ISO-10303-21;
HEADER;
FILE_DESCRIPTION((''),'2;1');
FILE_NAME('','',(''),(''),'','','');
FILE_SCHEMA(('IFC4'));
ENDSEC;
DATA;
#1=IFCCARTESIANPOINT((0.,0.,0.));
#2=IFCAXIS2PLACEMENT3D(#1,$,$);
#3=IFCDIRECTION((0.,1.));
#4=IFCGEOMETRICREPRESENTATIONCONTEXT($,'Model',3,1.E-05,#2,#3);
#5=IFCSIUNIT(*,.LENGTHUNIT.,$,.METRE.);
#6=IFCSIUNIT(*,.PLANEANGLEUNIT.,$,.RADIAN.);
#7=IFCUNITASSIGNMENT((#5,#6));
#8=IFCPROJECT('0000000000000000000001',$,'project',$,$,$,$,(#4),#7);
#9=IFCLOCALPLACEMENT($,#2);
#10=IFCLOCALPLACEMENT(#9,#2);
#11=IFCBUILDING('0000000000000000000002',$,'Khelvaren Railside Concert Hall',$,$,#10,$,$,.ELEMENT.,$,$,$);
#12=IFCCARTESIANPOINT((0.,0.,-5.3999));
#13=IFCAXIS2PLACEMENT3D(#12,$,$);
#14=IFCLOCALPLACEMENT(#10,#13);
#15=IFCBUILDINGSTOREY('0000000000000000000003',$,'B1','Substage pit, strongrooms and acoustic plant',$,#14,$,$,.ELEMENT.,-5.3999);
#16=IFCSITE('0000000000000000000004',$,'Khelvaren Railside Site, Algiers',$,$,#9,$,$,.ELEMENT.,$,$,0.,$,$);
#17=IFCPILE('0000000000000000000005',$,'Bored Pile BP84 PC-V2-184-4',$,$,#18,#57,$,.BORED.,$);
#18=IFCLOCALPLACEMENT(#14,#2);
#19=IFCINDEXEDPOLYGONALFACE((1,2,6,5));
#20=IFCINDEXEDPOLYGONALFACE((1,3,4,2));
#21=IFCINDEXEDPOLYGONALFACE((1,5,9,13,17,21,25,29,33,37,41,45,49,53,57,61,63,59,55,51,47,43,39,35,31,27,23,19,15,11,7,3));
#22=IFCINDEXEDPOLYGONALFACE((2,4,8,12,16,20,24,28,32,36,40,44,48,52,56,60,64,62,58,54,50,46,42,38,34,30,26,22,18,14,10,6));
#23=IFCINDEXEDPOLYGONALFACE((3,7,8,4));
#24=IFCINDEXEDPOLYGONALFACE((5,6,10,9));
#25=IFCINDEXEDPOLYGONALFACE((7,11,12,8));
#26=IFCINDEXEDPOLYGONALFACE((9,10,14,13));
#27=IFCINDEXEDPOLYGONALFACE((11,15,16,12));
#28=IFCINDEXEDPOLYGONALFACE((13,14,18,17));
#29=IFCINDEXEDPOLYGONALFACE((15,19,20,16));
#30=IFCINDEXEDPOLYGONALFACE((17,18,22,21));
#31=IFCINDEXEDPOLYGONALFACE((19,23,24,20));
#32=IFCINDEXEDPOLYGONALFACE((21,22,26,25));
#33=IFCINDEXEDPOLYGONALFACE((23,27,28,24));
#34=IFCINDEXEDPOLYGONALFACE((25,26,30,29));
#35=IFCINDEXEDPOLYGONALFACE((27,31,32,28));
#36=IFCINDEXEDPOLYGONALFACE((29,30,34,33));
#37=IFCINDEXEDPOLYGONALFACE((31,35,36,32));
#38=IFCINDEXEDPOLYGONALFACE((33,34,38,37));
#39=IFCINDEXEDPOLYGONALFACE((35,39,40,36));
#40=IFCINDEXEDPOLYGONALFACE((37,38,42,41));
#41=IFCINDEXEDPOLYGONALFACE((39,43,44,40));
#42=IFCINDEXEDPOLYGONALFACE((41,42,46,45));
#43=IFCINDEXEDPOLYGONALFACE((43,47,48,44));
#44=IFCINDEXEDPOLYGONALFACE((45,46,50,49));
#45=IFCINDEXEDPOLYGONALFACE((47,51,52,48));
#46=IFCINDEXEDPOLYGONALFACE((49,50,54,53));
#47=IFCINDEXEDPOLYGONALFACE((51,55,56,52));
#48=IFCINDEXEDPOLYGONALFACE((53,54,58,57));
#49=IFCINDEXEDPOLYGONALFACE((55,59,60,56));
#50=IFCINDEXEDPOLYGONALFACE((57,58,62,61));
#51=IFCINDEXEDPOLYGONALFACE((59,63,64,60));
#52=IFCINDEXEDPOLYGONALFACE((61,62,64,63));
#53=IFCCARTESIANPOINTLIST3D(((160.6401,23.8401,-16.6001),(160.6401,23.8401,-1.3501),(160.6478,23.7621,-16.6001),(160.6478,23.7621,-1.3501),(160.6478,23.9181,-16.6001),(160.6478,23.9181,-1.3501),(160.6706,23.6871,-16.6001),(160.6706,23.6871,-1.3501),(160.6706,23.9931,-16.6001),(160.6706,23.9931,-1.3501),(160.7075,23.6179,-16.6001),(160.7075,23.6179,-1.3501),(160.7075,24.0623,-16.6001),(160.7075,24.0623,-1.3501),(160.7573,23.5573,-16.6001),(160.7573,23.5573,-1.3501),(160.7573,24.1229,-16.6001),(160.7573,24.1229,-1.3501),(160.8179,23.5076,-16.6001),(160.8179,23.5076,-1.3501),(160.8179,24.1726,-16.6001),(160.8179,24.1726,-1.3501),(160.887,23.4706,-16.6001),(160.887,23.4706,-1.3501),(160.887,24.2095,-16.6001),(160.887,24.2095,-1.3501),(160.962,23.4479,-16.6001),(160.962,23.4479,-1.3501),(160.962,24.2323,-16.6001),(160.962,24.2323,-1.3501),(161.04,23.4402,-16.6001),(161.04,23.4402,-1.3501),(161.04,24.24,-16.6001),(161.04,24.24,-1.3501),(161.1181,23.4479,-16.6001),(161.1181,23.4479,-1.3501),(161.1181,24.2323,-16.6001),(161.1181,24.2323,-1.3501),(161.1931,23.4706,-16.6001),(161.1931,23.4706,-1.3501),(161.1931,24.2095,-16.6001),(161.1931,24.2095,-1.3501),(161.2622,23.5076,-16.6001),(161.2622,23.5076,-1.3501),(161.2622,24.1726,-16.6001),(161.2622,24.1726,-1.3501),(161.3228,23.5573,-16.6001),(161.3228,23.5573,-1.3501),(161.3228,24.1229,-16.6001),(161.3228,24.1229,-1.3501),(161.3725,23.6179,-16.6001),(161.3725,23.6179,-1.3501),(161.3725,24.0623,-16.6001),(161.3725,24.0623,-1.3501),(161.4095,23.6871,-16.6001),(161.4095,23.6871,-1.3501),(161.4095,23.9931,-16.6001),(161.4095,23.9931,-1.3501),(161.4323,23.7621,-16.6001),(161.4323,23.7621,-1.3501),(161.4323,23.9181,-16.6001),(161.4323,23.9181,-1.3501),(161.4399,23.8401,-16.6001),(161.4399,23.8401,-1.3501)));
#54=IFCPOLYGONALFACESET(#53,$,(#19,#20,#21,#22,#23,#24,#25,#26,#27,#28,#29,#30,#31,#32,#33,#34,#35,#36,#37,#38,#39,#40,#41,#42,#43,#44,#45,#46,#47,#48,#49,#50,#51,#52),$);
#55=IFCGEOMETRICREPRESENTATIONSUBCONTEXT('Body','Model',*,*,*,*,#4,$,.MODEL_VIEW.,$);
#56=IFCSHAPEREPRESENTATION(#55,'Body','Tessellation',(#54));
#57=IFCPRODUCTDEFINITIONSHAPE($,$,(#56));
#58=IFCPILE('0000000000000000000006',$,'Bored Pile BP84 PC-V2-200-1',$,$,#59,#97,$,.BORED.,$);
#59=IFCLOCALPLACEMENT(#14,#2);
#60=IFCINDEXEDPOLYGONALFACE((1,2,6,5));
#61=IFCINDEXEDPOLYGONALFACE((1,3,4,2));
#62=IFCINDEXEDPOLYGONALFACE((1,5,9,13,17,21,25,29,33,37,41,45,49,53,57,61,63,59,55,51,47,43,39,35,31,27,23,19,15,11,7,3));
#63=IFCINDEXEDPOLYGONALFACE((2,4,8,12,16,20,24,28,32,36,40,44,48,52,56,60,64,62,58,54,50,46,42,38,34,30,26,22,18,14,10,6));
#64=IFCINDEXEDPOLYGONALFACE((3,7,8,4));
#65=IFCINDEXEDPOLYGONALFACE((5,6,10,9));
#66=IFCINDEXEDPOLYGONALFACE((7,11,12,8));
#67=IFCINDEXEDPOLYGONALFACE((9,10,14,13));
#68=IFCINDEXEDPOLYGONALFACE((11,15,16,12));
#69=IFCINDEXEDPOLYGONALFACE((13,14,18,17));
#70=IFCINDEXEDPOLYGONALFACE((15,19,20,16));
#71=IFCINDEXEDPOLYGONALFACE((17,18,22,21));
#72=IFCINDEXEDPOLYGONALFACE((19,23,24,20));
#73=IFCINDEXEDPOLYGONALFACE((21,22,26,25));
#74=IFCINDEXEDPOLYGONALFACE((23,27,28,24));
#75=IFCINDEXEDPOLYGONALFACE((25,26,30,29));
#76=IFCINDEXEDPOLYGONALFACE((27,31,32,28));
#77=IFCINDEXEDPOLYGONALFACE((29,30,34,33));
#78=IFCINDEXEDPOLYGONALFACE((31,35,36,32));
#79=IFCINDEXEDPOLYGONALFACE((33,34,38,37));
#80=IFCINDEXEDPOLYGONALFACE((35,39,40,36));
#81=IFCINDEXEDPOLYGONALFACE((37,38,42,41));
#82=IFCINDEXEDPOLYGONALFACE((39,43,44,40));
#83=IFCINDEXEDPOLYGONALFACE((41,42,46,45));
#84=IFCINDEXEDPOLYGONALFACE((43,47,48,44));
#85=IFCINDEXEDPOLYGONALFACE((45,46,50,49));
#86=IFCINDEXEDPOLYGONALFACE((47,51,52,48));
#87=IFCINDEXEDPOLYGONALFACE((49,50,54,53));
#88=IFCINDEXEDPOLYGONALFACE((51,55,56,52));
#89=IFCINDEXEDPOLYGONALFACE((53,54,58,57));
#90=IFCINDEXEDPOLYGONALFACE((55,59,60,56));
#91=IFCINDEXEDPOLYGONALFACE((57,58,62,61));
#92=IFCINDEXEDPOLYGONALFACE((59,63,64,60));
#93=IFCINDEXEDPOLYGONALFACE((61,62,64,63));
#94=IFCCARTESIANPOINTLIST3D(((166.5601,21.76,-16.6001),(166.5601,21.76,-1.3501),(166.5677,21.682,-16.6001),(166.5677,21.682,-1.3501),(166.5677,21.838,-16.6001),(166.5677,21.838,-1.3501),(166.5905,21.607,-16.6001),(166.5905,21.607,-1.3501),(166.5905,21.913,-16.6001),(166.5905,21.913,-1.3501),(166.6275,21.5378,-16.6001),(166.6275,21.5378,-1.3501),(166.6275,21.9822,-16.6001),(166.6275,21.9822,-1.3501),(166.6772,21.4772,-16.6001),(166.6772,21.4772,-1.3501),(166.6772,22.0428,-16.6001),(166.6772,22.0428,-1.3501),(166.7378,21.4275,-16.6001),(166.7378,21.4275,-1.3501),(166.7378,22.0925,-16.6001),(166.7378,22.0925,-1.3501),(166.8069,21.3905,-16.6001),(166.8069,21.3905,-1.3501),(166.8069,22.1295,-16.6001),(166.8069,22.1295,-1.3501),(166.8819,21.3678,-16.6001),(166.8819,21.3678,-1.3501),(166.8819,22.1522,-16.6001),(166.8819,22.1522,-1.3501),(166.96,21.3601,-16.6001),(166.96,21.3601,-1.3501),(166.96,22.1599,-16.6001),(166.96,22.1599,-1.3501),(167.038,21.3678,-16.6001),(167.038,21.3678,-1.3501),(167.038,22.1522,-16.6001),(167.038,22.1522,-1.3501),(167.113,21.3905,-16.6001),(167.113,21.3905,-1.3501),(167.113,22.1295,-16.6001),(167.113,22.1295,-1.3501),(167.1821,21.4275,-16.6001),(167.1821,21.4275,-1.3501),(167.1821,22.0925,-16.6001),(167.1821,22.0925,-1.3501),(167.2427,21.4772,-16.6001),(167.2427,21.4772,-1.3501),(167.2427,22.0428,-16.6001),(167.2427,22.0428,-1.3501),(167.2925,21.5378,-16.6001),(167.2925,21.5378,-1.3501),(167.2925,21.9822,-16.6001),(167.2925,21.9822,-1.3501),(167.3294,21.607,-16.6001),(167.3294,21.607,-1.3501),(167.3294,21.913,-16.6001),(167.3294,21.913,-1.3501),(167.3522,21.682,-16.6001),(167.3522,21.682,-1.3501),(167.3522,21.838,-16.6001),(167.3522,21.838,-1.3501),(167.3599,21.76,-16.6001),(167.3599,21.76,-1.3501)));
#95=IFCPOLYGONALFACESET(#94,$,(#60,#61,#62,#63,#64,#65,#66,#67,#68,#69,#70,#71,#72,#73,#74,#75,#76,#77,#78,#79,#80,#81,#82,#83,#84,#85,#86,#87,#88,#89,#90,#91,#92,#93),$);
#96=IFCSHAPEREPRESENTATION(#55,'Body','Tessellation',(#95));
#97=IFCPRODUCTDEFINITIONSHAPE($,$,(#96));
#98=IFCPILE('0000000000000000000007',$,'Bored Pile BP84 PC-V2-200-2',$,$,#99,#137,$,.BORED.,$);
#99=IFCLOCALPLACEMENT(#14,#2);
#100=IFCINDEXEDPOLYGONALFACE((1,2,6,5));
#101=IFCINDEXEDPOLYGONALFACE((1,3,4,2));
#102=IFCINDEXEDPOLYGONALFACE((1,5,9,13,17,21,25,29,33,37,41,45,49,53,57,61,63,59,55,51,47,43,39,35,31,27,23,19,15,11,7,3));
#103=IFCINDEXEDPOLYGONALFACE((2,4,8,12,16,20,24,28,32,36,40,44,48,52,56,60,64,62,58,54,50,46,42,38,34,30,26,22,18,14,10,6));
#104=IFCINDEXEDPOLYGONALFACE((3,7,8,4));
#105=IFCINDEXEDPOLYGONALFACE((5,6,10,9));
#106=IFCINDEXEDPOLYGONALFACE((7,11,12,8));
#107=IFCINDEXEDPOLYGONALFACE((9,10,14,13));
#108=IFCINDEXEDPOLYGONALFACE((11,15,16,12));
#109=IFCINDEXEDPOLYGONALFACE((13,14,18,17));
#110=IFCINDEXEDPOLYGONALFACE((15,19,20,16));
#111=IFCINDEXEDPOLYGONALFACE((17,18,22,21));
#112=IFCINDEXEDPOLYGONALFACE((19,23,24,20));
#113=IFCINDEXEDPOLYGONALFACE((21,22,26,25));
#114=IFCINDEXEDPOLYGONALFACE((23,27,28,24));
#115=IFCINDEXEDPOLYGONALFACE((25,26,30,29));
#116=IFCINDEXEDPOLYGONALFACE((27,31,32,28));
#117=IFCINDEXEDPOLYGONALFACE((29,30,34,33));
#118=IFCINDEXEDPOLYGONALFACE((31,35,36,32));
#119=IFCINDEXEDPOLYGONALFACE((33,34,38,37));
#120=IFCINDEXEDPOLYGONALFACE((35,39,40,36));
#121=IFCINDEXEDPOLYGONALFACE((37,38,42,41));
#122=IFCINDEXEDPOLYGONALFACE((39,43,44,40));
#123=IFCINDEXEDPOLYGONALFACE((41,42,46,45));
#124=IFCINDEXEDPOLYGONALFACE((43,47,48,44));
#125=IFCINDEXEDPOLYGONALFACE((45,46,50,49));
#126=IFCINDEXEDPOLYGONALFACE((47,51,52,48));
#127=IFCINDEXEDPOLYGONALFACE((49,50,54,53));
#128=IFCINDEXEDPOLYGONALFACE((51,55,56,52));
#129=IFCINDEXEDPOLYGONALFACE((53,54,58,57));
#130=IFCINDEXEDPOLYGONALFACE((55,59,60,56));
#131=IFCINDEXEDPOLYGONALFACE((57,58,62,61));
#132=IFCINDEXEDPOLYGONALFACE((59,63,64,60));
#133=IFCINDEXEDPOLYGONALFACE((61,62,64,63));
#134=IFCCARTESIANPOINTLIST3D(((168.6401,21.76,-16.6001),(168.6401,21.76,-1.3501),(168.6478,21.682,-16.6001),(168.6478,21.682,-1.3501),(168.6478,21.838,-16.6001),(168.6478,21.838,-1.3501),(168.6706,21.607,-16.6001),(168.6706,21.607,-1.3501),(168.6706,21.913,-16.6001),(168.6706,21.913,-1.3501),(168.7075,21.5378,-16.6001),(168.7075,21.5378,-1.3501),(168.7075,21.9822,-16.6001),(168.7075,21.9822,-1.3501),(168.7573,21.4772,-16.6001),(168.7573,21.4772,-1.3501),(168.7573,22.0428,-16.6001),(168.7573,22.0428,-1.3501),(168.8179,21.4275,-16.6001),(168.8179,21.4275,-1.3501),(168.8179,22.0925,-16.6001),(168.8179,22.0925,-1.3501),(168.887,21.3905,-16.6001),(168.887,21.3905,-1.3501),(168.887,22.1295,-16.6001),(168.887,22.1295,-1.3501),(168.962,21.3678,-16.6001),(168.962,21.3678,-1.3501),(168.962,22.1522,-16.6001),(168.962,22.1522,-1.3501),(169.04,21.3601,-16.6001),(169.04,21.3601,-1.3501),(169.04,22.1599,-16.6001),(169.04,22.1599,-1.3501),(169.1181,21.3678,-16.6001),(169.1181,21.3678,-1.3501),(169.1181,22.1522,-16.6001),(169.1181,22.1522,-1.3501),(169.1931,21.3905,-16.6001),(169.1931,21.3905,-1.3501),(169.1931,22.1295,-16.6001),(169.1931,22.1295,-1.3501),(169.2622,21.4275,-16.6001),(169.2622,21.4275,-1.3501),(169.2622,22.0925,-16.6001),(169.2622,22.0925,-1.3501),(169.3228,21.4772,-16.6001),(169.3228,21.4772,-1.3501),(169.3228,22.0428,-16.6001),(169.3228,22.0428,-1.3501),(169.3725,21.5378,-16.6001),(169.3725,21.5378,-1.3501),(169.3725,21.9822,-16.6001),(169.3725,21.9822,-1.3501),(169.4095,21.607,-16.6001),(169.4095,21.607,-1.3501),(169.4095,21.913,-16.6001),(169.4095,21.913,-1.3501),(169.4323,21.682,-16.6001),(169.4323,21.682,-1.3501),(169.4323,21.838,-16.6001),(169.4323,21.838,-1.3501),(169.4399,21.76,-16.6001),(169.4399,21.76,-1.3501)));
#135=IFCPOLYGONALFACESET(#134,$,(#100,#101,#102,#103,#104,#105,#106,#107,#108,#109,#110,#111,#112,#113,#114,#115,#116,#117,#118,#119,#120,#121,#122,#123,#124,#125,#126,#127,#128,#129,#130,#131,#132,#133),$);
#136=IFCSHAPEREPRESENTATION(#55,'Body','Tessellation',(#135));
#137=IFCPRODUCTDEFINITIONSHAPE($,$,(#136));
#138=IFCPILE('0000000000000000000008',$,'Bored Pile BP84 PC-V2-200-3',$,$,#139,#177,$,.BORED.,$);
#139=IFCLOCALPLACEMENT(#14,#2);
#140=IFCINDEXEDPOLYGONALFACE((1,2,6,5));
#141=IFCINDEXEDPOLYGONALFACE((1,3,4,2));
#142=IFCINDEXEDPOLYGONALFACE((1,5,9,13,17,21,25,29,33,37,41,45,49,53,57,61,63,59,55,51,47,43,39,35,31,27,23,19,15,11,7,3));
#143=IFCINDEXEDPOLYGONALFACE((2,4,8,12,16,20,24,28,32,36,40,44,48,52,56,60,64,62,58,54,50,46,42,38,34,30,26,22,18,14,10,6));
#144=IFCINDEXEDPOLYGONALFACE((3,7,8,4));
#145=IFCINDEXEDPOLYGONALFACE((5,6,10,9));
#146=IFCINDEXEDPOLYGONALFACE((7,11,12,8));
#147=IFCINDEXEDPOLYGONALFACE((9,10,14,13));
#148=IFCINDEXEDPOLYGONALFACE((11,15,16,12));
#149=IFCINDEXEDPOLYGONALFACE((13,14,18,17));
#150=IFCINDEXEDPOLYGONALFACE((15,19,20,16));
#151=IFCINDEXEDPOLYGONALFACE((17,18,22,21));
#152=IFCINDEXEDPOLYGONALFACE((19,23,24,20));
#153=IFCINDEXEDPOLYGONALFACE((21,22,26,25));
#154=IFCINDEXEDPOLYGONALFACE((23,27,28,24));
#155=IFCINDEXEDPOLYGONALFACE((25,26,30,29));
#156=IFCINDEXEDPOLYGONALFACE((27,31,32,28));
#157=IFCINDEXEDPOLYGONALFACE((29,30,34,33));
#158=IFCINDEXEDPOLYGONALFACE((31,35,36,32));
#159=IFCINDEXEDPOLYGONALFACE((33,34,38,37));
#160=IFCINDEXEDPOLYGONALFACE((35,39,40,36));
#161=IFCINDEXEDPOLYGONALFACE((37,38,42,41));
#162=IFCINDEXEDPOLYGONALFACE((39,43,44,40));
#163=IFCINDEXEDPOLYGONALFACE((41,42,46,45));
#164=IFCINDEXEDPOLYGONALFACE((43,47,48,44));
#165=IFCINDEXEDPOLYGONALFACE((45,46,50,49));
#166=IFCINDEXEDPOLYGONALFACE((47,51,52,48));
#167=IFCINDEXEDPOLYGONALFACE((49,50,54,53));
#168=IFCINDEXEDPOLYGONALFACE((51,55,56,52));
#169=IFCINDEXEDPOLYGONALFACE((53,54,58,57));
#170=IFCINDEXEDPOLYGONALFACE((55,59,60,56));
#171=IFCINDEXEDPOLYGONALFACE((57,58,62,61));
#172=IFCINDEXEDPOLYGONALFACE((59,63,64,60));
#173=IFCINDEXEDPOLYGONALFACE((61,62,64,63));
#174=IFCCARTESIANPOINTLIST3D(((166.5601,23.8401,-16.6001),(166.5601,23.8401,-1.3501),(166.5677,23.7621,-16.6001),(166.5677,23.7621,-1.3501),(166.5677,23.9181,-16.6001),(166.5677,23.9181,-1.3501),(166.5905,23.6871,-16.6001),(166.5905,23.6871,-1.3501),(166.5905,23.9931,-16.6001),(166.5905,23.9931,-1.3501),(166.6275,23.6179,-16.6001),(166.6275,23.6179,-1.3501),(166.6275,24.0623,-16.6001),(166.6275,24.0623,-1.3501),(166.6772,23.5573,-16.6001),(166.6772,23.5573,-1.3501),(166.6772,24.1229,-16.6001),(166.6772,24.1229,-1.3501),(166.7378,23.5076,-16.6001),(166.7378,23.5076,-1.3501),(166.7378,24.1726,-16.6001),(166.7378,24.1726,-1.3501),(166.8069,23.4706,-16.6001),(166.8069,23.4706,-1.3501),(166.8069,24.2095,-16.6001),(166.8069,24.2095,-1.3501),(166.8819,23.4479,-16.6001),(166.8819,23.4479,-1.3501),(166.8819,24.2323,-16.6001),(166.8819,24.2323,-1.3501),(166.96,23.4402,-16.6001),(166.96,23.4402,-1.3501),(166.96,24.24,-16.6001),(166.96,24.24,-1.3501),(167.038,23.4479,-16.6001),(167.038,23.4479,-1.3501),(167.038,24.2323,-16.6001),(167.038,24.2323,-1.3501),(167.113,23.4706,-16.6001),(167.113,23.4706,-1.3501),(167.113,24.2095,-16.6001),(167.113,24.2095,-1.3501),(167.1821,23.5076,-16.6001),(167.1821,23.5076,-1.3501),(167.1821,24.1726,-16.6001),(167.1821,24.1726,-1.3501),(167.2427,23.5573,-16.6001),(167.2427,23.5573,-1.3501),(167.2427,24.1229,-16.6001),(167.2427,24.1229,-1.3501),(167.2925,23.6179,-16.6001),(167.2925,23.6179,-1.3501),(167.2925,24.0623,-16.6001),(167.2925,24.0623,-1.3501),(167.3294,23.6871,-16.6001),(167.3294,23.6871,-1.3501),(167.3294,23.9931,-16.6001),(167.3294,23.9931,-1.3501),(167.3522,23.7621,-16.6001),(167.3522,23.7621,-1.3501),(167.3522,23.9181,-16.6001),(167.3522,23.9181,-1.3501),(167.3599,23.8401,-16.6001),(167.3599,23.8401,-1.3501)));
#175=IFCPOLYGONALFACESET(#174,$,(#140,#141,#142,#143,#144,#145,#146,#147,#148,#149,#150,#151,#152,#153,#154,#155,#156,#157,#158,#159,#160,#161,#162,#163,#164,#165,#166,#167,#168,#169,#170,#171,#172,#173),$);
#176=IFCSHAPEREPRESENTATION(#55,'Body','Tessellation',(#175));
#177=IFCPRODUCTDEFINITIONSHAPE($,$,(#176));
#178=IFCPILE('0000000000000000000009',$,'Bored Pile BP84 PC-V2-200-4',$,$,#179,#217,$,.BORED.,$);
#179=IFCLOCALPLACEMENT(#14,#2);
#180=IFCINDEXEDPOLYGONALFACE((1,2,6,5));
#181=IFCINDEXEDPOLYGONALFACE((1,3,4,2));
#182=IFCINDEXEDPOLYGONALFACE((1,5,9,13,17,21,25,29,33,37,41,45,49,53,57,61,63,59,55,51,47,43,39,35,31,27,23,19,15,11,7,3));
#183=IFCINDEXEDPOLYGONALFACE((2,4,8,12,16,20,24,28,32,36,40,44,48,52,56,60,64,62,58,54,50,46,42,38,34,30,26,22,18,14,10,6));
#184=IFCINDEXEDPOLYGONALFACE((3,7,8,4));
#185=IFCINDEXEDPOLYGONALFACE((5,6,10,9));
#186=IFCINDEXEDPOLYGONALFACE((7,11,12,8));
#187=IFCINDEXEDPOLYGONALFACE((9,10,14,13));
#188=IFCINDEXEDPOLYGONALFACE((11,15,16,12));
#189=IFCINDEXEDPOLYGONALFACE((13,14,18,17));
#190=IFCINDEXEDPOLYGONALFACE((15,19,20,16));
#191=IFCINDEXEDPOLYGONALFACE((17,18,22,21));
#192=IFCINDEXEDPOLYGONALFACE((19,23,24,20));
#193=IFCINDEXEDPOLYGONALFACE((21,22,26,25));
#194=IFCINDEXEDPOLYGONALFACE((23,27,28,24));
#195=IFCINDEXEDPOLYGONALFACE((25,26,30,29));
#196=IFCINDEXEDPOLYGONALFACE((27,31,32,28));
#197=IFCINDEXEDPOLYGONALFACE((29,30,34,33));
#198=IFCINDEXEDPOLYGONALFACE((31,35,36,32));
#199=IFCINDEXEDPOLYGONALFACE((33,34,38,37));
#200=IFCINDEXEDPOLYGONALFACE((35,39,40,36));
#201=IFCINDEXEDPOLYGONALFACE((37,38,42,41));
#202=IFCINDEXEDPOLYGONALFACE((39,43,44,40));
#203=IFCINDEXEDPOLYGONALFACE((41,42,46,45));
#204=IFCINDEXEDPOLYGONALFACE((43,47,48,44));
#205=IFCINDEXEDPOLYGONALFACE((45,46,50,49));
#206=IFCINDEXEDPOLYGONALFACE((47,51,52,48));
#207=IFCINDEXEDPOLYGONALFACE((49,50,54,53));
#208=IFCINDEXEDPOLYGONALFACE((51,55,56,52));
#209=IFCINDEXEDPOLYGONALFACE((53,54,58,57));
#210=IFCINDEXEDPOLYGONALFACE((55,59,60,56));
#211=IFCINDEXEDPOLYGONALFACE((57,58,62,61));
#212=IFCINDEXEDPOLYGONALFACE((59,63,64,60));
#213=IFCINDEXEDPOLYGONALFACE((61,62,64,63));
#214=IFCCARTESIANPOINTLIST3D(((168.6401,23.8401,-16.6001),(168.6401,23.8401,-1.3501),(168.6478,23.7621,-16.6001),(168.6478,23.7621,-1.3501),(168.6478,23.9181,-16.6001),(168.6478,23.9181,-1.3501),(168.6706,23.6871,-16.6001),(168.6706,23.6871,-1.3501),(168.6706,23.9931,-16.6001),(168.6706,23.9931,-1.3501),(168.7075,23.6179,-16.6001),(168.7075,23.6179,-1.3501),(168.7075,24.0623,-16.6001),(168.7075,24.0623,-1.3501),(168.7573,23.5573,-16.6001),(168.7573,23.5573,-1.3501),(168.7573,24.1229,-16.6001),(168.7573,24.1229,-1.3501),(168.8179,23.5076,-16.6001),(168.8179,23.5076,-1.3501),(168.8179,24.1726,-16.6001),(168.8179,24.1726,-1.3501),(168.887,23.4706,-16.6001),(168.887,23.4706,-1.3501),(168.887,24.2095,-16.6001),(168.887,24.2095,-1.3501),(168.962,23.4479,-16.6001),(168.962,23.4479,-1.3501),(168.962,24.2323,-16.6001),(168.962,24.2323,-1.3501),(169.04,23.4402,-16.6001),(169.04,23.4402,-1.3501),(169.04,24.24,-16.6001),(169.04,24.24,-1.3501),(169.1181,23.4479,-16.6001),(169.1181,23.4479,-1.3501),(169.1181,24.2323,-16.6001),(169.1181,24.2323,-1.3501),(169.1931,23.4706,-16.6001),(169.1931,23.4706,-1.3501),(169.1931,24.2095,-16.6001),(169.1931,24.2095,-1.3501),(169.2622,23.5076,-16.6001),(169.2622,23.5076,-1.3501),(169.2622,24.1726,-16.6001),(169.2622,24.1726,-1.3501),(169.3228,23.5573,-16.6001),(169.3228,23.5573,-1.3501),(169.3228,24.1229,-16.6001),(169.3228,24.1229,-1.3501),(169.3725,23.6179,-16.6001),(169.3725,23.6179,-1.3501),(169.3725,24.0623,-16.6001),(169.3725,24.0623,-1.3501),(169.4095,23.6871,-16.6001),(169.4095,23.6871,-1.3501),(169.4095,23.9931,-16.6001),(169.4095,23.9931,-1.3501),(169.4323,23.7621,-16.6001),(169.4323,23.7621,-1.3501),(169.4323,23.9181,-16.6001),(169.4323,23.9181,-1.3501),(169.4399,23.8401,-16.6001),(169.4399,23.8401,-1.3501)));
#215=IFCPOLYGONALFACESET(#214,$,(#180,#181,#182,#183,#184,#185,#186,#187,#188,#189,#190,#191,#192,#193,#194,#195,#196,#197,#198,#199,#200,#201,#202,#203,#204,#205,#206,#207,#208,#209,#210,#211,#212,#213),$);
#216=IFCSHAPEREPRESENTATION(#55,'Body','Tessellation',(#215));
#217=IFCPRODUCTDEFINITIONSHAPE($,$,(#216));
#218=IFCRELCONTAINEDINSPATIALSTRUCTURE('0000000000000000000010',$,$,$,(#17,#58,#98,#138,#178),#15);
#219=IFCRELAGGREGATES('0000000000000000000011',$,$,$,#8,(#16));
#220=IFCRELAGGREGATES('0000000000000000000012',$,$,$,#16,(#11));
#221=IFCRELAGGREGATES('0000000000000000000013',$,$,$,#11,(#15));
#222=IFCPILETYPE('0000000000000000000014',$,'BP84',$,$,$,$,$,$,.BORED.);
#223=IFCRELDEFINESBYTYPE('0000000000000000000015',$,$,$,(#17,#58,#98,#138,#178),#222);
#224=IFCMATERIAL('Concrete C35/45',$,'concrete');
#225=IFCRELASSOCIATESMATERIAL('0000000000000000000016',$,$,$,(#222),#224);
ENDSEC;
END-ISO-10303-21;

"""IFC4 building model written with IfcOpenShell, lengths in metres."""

from ifc_helpers import new_model, si_unit, direction, frame, origin, origin_2d, place, context, subcontext, project, spatial, circle, extrude, material, material_profile, profile_set, type_object, element, save


model = new_model("IFC4")

# Units and contexts
model_context = context("Model", 3, precision=1e-05, world=origin(), true_north=direction((0.0, 1.0)))
body_context = subcontext(model_context, "Body", "Model", "MODEL_VIEW")
ifc_project = project(units=[si_unit("LENGTHUNIT", "METRE"), si_unit("PLANEANGLEUNIT", "RADIAN")], contexts=[model_context])

# Site, building, storey
site_placement = place(None, origin())
site = spatial("IfcSite", under=ifc_project, at=site_placement, Name="Khelvaren Railside Site, Algiers", CompositionType="ELEMENT", RefElevation=0.0)
building_placement = place(site_placement, origin())
building = spatial("IfcBuilding", under=site, at=building_placement, Name="Khelvaren Railside Concert Hall", CompositionType="ELEMENT")
storey_placement = place(building_placement, frame((0.0, 0.0, -5.3999)))
storey = spatial("IfcBuildingStorey", under=building, at=storey_placement, Name="B1", Description="Substage pit, strongrooms and acoustic plant", CompositionType="ELEMENT", Elevation=-5.3999)

# Piles
ifc_material_1 = material(Name="Concrete C35/45", Category="concrete")
ifc_material_profile_1 = material_profile(ifc_material_1, circle(Radius=0.3999, at=origin_2d()), Name="BP D800")
ifc_profile_set_1 = profile_set([ifc_material_profile_1], Name="Concrete C35/45")
pile_type_1 = type_object("IfcPileType", Name="BP84", PredefinedType="BORED", material=ifc_profile_set_1)
for number, where, z_axis, x_axis, name in (
    (1, (161.04, 23.8401, -1.3501), (0.0, 0.0, -1.0), (1.0, 0.0, 0.0), "Bored Pile BP84 PC-V2-184-4"),
    (2, (166.96, 21.76, -1.3501), (0.0, 0.0, -1.0), (1.0, 0.0, 0.0), "Bored Pile BP84 PC-V2-200-1"),
    (3, (169.04, 21.76, -1.3501), (0.0, 0.0, -1.0), (1.0, 0.0, 0.0), "Bored Pile BP84 PC-V2-200-2"),
    (4, (166.96, 23.8401, -1.3501), (0.0, 0.0, -1.0), (1.0, 0.0, 0.0), "Bored Pile BP84 PC-V2-200-3"),
    (5, (169.04, 23.8401, -1.3501), (0.0, 0.0, -1.0), (1.0, 0.0, 0.0), "Bored Pile BP84 PC-V2-200-4"),
):
    element("IfcPile", number, at=place(storey_placement, frame(where, z_axis=z_axis, x_axis=x_axis)), inside=storey, type_object=pile_type_1, Name=name, PredefinedType="BORED", context=body_context, shape_type="SweptSolid", body=[
        extrude(circle(Radius=0.3999, at=origin_2d()), origin(), (0.0, 0.0, 1.0), 15.25),
    ])

save(model, "model.ifc")
